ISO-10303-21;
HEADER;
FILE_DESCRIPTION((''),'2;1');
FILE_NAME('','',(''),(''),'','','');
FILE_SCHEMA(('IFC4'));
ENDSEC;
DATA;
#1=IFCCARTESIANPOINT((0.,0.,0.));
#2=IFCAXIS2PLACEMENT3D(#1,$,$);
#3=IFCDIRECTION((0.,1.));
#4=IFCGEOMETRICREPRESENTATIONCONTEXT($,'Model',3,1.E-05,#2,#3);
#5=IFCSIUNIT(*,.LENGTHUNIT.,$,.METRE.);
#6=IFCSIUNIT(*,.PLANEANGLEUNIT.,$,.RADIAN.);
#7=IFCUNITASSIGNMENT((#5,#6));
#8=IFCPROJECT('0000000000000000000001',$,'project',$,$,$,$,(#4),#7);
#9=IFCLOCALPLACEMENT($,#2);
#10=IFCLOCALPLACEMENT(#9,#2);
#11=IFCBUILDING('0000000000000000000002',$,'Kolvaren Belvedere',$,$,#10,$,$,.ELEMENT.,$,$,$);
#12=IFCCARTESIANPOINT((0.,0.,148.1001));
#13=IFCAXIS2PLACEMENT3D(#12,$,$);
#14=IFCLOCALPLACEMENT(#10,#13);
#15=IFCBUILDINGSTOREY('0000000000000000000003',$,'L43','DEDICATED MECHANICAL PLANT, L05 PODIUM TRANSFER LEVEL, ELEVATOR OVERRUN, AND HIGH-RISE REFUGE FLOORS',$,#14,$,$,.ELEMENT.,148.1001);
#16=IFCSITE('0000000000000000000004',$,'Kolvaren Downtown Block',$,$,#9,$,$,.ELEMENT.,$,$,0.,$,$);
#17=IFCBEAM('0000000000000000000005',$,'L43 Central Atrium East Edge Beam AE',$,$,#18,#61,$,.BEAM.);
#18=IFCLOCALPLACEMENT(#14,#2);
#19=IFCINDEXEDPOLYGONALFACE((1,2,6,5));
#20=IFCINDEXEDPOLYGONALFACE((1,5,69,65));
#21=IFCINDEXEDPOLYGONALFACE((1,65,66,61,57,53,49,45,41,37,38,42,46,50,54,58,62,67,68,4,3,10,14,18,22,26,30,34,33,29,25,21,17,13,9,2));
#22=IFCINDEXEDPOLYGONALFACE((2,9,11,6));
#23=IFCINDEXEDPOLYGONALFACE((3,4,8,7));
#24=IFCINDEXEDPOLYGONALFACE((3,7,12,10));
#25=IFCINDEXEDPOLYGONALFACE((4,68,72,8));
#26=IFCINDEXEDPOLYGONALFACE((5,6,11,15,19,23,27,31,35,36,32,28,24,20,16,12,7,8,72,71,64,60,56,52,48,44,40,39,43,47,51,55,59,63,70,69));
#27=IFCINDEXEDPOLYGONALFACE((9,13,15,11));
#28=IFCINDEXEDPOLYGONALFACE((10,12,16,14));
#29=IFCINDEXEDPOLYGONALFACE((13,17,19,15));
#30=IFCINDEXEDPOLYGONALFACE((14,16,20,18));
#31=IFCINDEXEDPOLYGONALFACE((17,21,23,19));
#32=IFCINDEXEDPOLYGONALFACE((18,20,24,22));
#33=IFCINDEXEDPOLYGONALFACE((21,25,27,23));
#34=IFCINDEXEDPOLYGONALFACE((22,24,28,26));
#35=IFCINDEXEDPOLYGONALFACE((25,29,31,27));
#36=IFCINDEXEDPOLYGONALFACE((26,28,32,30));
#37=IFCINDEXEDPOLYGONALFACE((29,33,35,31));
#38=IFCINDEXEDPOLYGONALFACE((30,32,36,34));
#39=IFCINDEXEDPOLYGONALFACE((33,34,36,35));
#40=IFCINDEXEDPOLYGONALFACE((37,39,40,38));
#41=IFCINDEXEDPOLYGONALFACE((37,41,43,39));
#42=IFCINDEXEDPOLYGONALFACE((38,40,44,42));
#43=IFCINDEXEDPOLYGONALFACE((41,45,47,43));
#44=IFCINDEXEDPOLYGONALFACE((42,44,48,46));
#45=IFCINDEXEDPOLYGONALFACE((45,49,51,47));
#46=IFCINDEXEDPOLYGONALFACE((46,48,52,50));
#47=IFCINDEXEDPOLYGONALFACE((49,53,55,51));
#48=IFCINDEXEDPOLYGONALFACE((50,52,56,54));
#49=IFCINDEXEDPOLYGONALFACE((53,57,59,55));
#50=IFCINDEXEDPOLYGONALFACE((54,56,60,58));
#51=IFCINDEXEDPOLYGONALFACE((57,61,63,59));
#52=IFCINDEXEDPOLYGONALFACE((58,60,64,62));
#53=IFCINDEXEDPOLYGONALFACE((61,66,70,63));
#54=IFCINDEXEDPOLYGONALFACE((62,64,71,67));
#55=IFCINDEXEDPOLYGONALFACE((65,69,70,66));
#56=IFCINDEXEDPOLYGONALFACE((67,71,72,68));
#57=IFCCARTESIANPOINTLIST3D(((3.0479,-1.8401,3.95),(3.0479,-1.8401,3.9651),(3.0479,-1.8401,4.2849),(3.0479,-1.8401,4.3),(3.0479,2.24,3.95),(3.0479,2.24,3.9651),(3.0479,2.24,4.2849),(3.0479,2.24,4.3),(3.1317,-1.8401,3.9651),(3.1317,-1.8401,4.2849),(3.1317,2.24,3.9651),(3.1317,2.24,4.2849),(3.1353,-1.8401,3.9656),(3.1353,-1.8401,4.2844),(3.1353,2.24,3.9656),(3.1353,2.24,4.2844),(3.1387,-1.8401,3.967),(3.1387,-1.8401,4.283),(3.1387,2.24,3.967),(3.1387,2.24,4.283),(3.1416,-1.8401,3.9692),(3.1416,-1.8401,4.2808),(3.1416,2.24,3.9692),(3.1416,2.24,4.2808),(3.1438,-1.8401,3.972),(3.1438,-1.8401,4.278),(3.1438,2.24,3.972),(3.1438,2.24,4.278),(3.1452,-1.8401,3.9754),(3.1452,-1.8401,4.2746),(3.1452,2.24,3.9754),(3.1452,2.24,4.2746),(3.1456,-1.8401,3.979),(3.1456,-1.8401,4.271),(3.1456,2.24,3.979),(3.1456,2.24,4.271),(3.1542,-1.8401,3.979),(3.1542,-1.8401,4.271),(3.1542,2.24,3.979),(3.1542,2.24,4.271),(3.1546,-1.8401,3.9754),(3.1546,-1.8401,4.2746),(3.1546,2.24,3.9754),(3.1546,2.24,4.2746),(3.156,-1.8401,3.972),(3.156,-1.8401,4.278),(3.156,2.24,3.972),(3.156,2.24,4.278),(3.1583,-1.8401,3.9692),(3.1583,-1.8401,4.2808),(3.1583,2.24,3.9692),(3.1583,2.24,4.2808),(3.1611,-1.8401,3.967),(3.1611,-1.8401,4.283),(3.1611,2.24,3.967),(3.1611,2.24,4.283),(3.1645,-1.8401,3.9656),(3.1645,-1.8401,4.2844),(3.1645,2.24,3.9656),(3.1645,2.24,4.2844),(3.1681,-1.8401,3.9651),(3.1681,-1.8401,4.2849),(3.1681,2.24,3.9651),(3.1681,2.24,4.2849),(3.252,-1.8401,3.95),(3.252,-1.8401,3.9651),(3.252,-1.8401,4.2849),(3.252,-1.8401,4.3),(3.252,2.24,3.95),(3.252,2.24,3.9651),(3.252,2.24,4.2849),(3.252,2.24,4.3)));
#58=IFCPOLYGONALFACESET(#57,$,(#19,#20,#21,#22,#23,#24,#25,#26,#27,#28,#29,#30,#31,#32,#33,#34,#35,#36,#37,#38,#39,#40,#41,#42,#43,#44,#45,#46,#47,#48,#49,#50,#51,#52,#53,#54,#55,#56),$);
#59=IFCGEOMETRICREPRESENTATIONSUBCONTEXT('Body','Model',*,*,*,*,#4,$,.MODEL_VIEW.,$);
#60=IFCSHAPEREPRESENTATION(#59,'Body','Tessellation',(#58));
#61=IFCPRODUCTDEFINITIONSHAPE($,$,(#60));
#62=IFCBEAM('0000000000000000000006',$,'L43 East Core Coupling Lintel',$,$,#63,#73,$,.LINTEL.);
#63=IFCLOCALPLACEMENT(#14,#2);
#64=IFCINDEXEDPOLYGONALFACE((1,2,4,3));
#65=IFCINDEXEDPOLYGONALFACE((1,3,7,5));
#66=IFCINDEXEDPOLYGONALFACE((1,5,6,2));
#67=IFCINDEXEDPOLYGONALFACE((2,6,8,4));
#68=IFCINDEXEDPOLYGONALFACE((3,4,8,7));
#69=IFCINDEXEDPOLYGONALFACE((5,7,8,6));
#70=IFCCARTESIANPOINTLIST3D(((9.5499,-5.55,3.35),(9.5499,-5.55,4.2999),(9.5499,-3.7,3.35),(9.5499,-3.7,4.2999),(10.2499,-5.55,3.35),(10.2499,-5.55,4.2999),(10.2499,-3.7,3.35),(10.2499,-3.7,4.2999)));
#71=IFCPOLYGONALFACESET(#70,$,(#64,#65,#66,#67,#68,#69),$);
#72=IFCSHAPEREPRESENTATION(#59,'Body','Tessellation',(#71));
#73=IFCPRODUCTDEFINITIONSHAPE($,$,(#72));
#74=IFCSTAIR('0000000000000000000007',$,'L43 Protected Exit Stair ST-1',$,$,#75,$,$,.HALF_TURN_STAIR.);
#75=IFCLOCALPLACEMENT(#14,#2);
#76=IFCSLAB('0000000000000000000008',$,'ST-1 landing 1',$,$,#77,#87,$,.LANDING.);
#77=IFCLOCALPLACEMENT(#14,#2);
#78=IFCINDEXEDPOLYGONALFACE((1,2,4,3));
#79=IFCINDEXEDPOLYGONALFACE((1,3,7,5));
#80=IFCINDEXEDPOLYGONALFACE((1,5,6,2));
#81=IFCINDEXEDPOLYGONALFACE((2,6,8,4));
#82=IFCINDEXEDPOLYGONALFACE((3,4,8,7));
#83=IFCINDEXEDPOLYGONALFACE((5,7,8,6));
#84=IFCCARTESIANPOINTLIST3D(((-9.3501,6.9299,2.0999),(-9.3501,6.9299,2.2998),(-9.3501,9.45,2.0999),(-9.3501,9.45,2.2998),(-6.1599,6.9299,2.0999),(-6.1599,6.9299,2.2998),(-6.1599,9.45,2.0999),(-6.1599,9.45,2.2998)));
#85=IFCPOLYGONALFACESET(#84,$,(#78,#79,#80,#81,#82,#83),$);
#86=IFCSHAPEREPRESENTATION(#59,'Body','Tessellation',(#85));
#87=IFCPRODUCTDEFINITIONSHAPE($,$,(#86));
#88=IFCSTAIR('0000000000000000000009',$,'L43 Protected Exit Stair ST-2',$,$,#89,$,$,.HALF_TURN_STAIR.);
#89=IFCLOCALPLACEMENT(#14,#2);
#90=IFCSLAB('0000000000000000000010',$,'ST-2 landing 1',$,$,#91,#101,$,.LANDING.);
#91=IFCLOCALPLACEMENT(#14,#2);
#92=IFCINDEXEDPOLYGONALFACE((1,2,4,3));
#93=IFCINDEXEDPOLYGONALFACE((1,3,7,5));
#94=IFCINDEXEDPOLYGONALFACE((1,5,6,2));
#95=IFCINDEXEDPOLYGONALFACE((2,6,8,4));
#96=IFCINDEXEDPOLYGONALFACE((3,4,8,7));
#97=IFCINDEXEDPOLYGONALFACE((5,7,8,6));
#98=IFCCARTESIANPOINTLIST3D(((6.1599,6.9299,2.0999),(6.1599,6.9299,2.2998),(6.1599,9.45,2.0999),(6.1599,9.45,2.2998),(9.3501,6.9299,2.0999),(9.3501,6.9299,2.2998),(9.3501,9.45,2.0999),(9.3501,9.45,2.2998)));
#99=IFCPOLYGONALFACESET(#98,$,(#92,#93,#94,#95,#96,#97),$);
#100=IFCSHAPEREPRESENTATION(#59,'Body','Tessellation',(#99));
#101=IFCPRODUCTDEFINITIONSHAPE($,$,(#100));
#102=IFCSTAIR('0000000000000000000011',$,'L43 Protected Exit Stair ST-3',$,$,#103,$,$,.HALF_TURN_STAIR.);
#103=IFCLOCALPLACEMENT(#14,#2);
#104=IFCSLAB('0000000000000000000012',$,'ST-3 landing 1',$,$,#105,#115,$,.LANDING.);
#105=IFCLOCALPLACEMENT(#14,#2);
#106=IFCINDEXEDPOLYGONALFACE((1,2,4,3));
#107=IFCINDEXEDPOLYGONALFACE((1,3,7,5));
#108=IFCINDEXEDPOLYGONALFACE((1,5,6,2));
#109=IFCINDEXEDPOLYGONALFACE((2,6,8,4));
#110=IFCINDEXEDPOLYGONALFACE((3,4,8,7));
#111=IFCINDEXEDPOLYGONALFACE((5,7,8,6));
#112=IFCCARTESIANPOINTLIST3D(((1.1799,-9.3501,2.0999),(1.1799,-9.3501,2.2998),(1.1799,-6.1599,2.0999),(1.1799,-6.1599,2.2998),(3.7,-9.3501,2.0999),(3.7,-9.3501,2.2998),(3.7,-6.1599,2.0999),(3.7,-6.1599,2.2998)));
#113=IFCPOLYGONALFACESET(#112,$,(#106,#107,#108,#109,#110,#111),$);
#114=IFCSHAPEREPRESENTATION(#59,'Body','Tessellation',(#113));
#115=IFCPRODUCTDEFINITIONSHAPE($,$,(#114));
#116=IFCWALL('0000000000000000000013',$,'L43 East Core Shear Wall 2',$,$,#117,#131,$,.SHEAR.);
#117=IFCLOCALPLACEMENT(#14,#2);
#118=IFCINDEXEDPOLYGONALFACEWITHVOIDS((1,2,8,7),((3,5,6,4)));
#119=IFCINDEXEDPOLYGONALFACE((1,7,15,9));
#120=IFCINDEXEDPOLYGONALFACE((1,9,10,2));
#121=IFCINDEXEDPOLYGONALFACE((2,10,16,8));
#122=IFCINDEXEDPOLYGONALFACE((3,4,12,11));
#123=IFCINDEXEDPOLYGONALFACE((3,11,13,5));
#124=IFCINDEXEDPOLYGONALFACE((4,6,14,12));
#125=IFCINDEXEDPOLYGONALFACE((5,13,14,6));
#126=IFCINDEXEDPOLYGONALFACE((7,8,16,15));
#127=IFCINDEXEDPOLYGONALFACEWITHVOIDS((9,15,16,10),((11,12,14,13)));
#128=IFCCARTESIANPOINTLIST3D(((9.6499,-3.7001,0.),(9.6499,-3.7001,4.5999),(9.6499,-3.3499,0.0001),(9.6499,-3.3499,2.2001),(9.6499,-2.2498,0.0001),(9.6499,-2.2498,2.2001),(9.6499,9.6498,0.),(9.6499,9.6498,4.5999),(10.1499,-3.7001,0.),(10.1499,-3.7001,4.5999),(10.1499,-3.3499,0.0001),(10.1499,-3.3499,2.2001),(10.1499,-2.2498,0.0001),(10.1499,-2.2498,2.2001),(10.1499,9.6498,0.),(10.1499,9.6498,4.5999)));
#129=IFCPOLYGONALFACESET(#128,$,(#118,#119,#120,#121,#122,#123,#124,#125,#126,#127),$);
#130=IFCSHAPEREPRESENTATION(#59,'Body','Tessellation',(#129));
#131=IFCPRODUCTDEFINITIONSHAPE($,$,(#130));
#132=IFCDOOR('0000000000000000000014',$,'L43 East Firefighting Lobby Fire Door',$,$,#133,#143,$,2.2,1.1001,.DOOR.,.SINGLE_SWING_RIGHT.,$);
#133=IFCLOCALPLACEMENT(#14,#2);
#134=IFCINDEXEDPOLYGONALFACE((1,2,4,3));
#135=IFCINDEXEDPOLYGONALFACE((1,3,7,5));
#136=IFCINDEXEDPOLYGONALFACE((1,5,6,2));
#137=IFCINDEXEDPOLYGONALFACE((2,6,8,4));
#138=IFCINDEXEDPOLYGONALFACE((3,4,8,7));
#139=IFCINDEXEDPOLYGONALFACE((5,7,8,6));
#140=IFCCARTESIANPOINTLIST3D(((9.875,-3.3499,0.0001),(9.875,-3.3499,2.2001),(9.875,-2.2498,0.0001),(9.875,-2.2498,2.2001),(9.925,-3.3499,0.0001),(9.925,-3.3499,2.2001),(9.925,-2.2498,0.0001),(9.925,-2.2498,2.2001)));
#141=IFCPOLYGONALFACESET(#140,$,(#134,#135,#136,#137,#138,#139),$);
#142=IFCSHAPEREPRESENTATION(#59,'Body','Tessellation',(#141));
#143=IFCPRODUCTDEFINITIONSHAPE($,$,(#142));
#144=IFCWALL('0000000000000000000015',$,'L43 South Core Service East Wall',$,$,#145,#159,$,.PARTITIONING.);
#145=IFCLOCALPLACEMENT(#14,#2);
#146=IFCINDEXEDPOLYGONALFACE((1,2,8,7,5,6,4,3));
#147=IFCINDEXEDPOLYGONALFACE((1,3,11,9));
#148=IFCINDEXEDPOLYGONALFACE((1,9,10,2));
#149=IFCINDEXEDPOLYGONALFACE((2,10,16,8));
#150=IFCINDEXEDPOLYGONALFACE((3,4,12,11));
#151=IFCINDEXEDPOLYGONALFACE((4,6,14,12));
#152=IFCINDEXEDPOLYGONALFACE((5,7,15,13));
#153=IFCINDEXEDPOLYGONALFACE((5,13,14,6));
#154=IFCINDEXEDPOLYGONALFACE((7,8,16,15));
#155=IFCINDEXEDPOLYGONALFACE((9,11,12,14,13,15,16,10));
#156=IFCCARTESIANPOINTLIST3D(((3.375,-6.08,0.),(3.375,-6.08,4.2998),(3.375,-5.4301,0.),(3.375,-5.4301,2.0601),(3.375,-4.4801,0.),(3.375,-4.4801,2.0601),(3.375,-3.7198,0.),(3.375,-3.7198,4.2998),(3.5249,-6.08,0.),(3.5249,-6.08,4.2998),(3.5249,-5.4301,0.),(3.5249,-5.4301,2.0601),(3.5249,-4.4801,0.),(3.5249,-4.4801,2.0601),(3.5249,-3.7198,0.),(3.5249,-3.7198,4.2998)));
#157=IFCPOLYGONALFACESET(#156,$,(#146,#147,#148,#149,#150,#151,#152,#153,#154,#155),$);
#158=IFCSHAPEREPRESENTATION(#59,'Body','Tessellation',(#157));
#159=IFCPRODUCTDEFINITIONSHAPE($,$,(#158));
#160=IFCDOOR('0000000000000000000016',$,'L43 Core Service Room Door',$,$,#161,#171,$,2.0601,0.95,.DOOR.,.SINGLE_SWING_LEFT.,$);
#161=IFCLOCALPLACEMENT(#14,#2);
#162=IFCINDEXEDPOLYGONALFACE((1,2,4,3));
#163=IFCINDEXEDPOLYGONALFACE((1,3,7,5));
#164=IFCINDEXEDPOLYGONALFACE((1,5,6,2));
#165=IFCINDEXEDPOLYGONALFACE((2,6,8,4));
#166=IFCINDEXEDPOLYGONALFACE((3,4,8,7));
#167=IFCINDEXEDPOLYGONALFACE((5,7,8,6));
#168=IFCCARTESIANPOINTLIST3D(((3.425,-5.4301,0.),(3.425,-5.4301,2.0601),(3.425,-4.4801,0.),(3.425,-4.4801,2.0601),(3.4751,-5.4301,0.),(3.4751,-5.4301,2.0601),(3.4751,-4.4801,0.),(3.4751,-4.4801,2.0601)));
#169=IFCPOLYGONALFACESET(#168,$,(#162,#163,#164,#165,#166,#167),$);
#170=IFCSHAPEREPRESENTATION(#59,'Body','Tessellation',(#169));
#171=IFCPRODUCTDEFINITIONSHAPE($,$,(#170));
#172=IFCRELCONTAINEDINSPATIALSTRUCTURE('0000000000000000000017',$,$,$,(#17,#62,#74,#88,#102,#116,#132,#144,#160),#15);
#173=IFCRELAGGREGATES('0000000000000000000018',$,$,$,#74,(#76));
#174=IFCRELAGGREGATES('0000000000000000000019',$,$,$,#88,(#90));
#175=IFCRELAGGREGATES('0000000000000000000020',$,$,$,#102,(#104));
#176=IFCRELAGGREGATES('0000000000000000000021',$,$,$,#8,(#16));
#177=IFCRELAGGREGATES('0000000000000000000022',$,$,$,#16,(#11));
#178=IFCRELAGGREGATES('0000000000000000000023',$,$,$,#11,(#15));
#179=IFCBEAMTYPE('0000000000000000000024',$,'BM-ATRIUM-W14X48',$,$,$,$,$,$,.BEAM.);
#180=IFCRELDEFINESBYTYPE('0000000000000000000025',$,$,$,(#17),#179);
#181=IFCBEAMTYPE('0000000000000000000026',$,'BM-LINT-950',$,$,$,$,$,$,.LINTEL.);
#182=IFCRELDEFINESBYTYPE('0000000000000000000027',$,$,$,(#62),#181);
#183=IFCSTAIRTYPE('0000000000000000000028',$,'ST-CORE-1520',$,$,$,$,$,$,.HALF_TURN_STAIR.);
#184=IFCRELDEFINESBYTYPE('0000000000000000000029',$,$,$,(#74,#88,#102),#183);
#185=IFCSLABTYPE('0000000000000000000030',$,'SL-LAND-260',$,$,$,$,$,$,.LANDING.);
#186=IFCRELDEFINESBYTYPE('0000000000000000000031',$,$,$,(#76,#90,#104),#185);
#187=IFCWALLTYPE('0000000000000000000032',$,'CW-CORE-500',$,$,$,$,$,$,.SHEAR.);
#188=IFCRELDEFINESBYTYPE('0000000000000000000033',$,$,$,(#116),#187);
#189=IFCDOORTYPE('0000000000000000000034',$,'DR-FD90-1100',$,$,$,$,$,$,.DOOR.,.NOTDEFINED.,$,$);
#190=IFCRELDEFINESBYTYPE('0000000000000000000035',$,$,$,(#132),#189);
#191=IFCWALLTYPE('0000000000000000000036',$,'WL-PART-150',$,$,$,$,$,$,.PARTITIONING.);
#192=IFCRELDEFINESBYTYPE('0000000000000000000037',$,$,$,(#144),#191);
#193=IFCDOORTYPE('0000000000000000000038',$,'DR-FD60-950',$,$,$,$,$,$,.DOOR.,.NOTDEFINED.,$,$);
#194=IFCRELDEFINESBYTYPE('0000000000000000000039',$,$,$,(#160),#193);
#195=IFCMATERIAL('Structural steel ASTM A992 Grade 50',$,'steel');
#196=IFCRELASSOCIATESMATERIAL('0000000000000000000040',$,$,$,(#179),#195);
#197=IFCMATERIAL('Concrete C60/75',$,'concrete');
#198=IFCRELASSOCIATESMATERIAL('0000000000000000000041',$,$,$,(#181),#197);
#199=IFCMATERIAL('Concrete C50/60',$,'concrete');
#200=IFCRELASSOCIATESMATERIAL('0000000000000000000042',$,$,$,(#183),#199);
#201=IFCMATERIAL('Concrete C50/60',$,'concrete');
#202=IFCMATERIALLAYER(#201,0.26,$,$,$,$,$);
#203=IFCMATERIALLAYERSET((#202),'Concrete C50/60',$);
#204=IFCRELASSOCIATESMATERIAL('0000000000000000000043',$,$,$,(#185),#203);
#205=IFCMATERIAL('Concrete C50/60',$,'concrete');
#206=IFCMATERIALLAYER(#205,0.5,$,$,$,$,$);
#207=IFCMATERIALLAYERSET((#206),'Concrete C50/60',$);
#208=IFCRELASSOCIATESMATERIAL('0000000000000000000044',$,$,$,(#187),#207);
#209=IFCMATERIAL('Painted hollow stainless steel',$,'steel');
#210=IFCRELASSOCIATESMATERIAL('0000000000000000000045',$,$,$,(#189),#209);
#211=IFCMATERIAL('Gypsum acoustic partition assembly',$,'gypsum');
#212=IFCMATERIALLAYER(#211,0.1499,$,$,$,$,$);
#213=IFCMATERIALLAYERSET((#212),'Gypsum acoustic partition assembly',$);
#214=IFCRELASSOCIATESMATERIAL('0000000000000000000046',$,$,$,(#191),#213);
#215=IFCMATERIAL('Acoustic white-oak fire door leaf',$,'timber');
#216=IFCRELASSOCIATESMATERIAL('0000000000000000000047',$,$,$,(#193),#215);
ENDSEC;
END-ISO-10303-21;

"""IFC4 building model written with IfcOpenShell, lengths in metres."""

from ifc_helpers import new_model, si_unit, direction, frame, frame_2d, origin, origin_2d, place, context, subcontext, project, spatial, polyline, rectangle, i_section, outline, extrude, material, layer, layer_set, material_profile, profile_set, type_object, element, fill, aggregate, save


model = new_model("IFC4")

# Units and contexts
model_context = context("Model", 3, precision=1e-05, world=origin(), true_north=direction((0.0, 1.0)))
body_context = subcontext(model_context, "Body", "Model", "MODEL_VIEW")
ifc_project = project(units=[si_unit("LENGTHUNIT", "METRE"), si_unit("PLANEANGLEUNIT", "RADIAN")], contexts=[model_context])

# Site, building, storey
site_placement = place(None, origin())
site = spatial("IfcSite", under=ifc_project, at=site_placement, Name="Kolvaren Downtown Block", CompositionType="ELEMENT", RefElevation=0.0)
building_placement = place(site_placement, origin())
building = spatial("IfcBuilding", under=site, at=building_placement, Name="Kolvaren Belvedere", CompositionType="ELEMENT")
storey_placement = place(building_placement, frame((0.0, 0.0, 148.1001)))
storey = spatial("IfcBuildingStorey", under=building, at=storey_placement, Name="L43", Description="DEDICATED MECHANICAL PLANT, L05 PODIUM TRANSFER LEVEL, ELEVATOR OVERRUN, AND HIGH-RISE REFUGE FLOORS", CompositionType="ELEMENT", Elevation=148.1001)

# Beams
ifc_material_1 = material(Name="Structural steel ASTM A992 Grade 50", Category="steel")
ifc_material_profile_1 = material_profile(ifc_material_1, i_section(OverallWidth=0.2041, OverallDepth=0.3501, WebThickness=0.0085, FlangeThickness=0.0151, FilletRadius=0.0139, at=origin_2d()), Name="W14X48")
ifc_profile_set_1 = profile_set([ifc_material_profile_1], Name="Structural steel ASTM A992 Grade 50")
beam_type_1 = type_object("IfcBeamType", Name="BM-ATRIUM-W14X48", PredefinedType="BEAM", material=ifc_profile_set_1)
beam_1_placement = place(storey_placement, frame((3.1499, -1.8401, 4.125), z_axis=(0.0, 1.0, 0.0), x_axis=(-1.0, 0.0, 0.0)))
element("IfcBeam", 1, at=beam_1_placement, inside=storey, type_object=beam_type_1, Name="L43 Central Atrium East Edge Beam AE", PredefinedType="BEAM", context=body_context, shape_type="SweptSolid", body=[
    extrude(i_section(OverallWidth=0.2041, OverallDepth=0.3501, WebThickness=0.0085, FlangeThickness=0.0151, FilletRadius=0.0139, at=origin_2d()), origin(), (0.0, 0.0, 1.0), 4.0801),
])
ifc_material_2 = material(Name="Concrete C60/75", Category="concrete")
ifc_material_profile_2 = material_profile(ifc_material_2, rectangle(XDim=0.7, YDim=0.95, at=origin_2d()), Name="RC 700X950")
ifc_profile_set_2 = profile_set([ifc_material_profile_2], Name="Concrete C60/75")
beam_type_2 = type_object("IfcBeamType", Name="BM-LINT-950", PredefinedType="LINTEL", material=ifc_profile_set_2)
beam_2_placement = place(storey_placement, frame((9.8999, -5.55, 3.825), z_axis=(0.0, 1.0, 0.0), x_axis=(-1.0, 0.0, 0.0)))
element("IfcBeam", 2, at=beam_2_placement, inside=storey, type_object=beam_type_2, Name="L43 East Core Coupling Lintel", PredefinedType="LINTEL", context=body_context, shape_type="SweptSolid", body=[
    extrude(rectangle(XDim=0.7, YDim=0.95, at=origin_2d()), origin(), (0.0, 0.0, 1.0), 1.8501),
])

# Stairs, slabs
ifc_material_3 = material(Name="Concrete C50/60", Category="concrete")
stair_type = type_object("IfcStairType", Name="ST-CORE-1520", PredefinedType="HALF_TURN_STAIR", material=ifc_material_3)
stair_1_placement = place(storey_placement, origin())
stair_1 = element("IfcStair", 3, at=stair_1_placement, inside=storey, type_object=stair_type, Name="L43 Protected Exit Stair ST-1", PredefinedType="HALF_TURN_STAIR")
ifc_material_4 = material(Name="Concrete C50/60", Category="concrete")
ifc_layer_1 = layer(ifc_material_4, 0.26)
ifc_layer_set_1 = layer_set([ifc_layer_1], Name="Concrete C50/60")
slab_type = type_object("IfcSlabType", Name="SL-LAND-260", PredefinedType="LANDING", material=ifc_layer_set_1)
slab_1_placement = place(storey_placement, frame((0.0, 0.0, 2.0999)))
slab_1 = element("IfcSlab", 4, at=slab_1_placement, type_object=slab_type, Name="ST-1 landing 1", PredefinedType="LANDING", context=body_context, shape_type="SweptSolid", body=[
    extrude(outline(polyline([(-6.1599, 6.9299), (-6.1599, 9.45), (-9.3501, 9.45), (-9.3501, 6.9299), (-6.1599, 6.9299)])), origin(), (0.0, 0.0, 1.0), 0.2),
])
aggregate(stair_1, [slab_1])
stair_2_placement = place(storey_placement, origin())
stair_2 = element("IfcStair", 5, at=stair_2_placement, inside=storey, type_object=stair_type, Name="L43 Protected Exit Stair ST-2", PredefinedType="HALF_TURN_STAIR")
slab_2_placement = place(storey_placement, frame((0.0, 0.0, 2.0999)))
slab_2 = element("IfcSlab", 6, at=slab_2_placement, type_object=slab_type, Name="ST-2 landing 1", PredefinedType="LANDING", context=body_context, shape_type="SweptSolid", body=[
    extrude(outline(polyline([(9.3501, 6.9299), (9.3501, 9.45), (6.1599, 9.45), (6.1599, 6.9299), (9.3501, 6.9299)])), origin(), (0.0, 0.0, 1.0), 0.2),
])
aggregate(stair_2, [slab_2])
stair_3_placement = place(storey_placement, origin())
stair_3 = element("IfcStair", 7, at=stair_3_placement, inside=storey, type_object=stair_type, Name="L43 Protected Exit Stair ST-3", PredefinedType="HALF_TURN_STAIR")
slab_3_placement = place(storey_placement, frame((0.0, 0.0, 2.0999)))
slab_3 = element("IfcSlab", 8, at=slab_3_placement, type_object=slab_type, Name="ST-3 landing 1", PredefinedType="LANDING", context=body_context, shape_type="SweptSolid", body=[
    extrude(outline(polyline([(1.1799, -9.3501), (3.7, -9.3501), (3.7, -6.1599), (1.1799, -6.1599), (1.1799, -9.3501)])), origin(), (0.0, 0.0, 1.0), 0.2),
])

# Walls, openings, doors
ifc_material_5 = material(Name="Concrete C50/60", Category="concrete")
ifc_layer_2 = layer(ifc_material_5, 0.5)
ifc_layer_set_2 = layer_set([ifc_layer_2], Name="Concrete C50/60")
wall_type_1 = type_object("IfcWallType", Name="CW-CORE-500", PredefinedType="SHEAR", material=ifc_layer_set_2)
wall_1_placement = place(storey_placement, frame((9.8999, -3.7, 0.0), z_axis=(0.0, 0.0, 1.0), x_axis=(0.0, 1.0, 0.0)))
wall_1 = element("IfcWall", 9, at=wall_1_placement, inside=storey, type_object=wall_type_1, Name="L43 East Core Shear Wall 2", PredefinedType="SHEAR", context=body_context, shape_type="SweptSolid", body=[
    extrude(rectangle(XDim=13.3499, YDim=0.5, at=frame_2d((6.6748, 0.0))), origin(), (0.0, 0.0, 1.0), 4.5999),
])
opening_1_placement = place(wall_1_placement, frame((0.3501, 0.0, 0.0)))
opening_1 = element("IfcOpeningElement", 10, at=opening_1_placement, cuts=wall_1, PredefinedType="OPENING", context=body_context, shape_type="SweptSolid", body=[
    extrude(rectangle(XDim=1.1001, YDim=2.2, at=frame_2d((0.55, 1.1001))), frame((0.0, 0.26, 0.0), z_axis=(0.0, -1.0, 0.0), x_axis=(1.0, 0.0, 0.0)), (0.0, 0.0, 1.0), 0.52),
])
ifc_material_6 = material(Name="Painted hollow stainless steel", Category="steel")
door_type_1 = type_object("IfcDoorType", Name="DR-FD90-1100", OperationType="NOTDEFINED", PredefinedType="DOOR", material=ifc_material_6)
door_1_placement = place(opening_1_placement, origin())
door_1 = element("IfcDoor", 11, at=door_1_placement, inside=storey, type_object=door_type_1, Name="L43 East Firefighting Lobby Fire Door", OperationType="SINGLE_SWING_RIGHT", OverallHeight=2.2, OverallWidth=1.1001, PredefinedType="DOOR", context=body_context, shape_type="SweptSolid", body=[
    extrude(rectangle(XDim=1.1001, YDim=2.2, at=frame_2d((0.55, 1.1001))), frame((0.0, 0.0249, 0.0), z_axis=(0.0, -1.0, 0.0), x_axis=(1.0, 0.0, 0.0)), (0.0, 0.0, 1.0), 0.05),
])
fill(opening_1, door_1)
ifc_material_7 = material(Name="Gypsum acoustic partition assembly", Category="gypsum")
ifc_layer_3 = layer(ifc_material_7, 0.1499)
ifc_layer_set_3 = layer_set([ifc_layer_3], Name="Gypsum acoustic partition assembly")
wall_type_2 = type_object("IfcWallType", Name="WL-PART-150", PredefinedType="PARTITIONING", material=ifc_layer_set_3)
wall_2_placement = place(storey_placement, frame((3.45, -6.0801, 0.0), z_axis=(0.0, 0.0, 1.0), x_axis=(0.0, 1.0, 0.0)))
wall_2 = element("IfcWall", 12, at=wall_2_placement, inside=storey, type_object=wall_type_2, Name="L43 South Core Service East Wall", PredefinedType="PARTITIONING", context=body_context, shape_type="SweptSolid", body=[
    extrude(rectangle(XDim=2.3601, YDim=0.1499, at=frame_2d((1.1802, 0.0))), origin(), (0.0, 0.0, 1.0), 4.2998),
])
opening_2_placement = place(wall_2_placement, frame((0.6499, 0.0, 0.0)))
opening_2 = element("IfcOpeningElement", 13, at=opening_2_placement, cuts=wall_2, PredefinedType="OPENING", context=body_context, shape_type="SweptSolid", body=[
    extrude(rectangle(XDim=0.95, YDim=2.0601, at=frame_2d((0.4751, 1.03))), frame((0.0, 0.085, 0.0), z_axis=(0.0, -1.0, 0.0), x_axis=(1.0, 0.0, 0.0)), (0.0, 0.0, 1.0), 0.1699),
])
ifc_material_8 = material(Name="Acoustic white-oak fire door leaf", Category="timber")
door_type_2 = type_object("IfcDoorType", Name="DR-FD60-950", OperationType="NOTDEFINED", PredefinedType="DOOR", material=ifc_material_8)
door_2_placement = place(opening_2_placement, origin())
door_2 = element("IfcDoor", 14, at=door_2_placement, inside=storey, type_object=door_type_2, Name="L43 Core Service Room Door", OperationType="SINGLE_SWING_LEFT", OverallHeight=2.0601, OverallWidth=0.95, PredefinedType="DOOR", context=body_context, shape_type="SweptSolid", body=[
    extrude(rectangle(XDim=0.95, YDim=2.0601, at=frame_2d((0.4751, 1.03))), frame((0.0, 0.0249, 0.0), z_axis=(0.0, -1.0, 0.0), x_axis=(1.0, 0.0, 0.0)), (0.0, 0.0, 1.0), 0.05),
])
fill(opening_2, door_2)

aggregate(stair_3, [slab_3])

save(model, "model.ifc")
